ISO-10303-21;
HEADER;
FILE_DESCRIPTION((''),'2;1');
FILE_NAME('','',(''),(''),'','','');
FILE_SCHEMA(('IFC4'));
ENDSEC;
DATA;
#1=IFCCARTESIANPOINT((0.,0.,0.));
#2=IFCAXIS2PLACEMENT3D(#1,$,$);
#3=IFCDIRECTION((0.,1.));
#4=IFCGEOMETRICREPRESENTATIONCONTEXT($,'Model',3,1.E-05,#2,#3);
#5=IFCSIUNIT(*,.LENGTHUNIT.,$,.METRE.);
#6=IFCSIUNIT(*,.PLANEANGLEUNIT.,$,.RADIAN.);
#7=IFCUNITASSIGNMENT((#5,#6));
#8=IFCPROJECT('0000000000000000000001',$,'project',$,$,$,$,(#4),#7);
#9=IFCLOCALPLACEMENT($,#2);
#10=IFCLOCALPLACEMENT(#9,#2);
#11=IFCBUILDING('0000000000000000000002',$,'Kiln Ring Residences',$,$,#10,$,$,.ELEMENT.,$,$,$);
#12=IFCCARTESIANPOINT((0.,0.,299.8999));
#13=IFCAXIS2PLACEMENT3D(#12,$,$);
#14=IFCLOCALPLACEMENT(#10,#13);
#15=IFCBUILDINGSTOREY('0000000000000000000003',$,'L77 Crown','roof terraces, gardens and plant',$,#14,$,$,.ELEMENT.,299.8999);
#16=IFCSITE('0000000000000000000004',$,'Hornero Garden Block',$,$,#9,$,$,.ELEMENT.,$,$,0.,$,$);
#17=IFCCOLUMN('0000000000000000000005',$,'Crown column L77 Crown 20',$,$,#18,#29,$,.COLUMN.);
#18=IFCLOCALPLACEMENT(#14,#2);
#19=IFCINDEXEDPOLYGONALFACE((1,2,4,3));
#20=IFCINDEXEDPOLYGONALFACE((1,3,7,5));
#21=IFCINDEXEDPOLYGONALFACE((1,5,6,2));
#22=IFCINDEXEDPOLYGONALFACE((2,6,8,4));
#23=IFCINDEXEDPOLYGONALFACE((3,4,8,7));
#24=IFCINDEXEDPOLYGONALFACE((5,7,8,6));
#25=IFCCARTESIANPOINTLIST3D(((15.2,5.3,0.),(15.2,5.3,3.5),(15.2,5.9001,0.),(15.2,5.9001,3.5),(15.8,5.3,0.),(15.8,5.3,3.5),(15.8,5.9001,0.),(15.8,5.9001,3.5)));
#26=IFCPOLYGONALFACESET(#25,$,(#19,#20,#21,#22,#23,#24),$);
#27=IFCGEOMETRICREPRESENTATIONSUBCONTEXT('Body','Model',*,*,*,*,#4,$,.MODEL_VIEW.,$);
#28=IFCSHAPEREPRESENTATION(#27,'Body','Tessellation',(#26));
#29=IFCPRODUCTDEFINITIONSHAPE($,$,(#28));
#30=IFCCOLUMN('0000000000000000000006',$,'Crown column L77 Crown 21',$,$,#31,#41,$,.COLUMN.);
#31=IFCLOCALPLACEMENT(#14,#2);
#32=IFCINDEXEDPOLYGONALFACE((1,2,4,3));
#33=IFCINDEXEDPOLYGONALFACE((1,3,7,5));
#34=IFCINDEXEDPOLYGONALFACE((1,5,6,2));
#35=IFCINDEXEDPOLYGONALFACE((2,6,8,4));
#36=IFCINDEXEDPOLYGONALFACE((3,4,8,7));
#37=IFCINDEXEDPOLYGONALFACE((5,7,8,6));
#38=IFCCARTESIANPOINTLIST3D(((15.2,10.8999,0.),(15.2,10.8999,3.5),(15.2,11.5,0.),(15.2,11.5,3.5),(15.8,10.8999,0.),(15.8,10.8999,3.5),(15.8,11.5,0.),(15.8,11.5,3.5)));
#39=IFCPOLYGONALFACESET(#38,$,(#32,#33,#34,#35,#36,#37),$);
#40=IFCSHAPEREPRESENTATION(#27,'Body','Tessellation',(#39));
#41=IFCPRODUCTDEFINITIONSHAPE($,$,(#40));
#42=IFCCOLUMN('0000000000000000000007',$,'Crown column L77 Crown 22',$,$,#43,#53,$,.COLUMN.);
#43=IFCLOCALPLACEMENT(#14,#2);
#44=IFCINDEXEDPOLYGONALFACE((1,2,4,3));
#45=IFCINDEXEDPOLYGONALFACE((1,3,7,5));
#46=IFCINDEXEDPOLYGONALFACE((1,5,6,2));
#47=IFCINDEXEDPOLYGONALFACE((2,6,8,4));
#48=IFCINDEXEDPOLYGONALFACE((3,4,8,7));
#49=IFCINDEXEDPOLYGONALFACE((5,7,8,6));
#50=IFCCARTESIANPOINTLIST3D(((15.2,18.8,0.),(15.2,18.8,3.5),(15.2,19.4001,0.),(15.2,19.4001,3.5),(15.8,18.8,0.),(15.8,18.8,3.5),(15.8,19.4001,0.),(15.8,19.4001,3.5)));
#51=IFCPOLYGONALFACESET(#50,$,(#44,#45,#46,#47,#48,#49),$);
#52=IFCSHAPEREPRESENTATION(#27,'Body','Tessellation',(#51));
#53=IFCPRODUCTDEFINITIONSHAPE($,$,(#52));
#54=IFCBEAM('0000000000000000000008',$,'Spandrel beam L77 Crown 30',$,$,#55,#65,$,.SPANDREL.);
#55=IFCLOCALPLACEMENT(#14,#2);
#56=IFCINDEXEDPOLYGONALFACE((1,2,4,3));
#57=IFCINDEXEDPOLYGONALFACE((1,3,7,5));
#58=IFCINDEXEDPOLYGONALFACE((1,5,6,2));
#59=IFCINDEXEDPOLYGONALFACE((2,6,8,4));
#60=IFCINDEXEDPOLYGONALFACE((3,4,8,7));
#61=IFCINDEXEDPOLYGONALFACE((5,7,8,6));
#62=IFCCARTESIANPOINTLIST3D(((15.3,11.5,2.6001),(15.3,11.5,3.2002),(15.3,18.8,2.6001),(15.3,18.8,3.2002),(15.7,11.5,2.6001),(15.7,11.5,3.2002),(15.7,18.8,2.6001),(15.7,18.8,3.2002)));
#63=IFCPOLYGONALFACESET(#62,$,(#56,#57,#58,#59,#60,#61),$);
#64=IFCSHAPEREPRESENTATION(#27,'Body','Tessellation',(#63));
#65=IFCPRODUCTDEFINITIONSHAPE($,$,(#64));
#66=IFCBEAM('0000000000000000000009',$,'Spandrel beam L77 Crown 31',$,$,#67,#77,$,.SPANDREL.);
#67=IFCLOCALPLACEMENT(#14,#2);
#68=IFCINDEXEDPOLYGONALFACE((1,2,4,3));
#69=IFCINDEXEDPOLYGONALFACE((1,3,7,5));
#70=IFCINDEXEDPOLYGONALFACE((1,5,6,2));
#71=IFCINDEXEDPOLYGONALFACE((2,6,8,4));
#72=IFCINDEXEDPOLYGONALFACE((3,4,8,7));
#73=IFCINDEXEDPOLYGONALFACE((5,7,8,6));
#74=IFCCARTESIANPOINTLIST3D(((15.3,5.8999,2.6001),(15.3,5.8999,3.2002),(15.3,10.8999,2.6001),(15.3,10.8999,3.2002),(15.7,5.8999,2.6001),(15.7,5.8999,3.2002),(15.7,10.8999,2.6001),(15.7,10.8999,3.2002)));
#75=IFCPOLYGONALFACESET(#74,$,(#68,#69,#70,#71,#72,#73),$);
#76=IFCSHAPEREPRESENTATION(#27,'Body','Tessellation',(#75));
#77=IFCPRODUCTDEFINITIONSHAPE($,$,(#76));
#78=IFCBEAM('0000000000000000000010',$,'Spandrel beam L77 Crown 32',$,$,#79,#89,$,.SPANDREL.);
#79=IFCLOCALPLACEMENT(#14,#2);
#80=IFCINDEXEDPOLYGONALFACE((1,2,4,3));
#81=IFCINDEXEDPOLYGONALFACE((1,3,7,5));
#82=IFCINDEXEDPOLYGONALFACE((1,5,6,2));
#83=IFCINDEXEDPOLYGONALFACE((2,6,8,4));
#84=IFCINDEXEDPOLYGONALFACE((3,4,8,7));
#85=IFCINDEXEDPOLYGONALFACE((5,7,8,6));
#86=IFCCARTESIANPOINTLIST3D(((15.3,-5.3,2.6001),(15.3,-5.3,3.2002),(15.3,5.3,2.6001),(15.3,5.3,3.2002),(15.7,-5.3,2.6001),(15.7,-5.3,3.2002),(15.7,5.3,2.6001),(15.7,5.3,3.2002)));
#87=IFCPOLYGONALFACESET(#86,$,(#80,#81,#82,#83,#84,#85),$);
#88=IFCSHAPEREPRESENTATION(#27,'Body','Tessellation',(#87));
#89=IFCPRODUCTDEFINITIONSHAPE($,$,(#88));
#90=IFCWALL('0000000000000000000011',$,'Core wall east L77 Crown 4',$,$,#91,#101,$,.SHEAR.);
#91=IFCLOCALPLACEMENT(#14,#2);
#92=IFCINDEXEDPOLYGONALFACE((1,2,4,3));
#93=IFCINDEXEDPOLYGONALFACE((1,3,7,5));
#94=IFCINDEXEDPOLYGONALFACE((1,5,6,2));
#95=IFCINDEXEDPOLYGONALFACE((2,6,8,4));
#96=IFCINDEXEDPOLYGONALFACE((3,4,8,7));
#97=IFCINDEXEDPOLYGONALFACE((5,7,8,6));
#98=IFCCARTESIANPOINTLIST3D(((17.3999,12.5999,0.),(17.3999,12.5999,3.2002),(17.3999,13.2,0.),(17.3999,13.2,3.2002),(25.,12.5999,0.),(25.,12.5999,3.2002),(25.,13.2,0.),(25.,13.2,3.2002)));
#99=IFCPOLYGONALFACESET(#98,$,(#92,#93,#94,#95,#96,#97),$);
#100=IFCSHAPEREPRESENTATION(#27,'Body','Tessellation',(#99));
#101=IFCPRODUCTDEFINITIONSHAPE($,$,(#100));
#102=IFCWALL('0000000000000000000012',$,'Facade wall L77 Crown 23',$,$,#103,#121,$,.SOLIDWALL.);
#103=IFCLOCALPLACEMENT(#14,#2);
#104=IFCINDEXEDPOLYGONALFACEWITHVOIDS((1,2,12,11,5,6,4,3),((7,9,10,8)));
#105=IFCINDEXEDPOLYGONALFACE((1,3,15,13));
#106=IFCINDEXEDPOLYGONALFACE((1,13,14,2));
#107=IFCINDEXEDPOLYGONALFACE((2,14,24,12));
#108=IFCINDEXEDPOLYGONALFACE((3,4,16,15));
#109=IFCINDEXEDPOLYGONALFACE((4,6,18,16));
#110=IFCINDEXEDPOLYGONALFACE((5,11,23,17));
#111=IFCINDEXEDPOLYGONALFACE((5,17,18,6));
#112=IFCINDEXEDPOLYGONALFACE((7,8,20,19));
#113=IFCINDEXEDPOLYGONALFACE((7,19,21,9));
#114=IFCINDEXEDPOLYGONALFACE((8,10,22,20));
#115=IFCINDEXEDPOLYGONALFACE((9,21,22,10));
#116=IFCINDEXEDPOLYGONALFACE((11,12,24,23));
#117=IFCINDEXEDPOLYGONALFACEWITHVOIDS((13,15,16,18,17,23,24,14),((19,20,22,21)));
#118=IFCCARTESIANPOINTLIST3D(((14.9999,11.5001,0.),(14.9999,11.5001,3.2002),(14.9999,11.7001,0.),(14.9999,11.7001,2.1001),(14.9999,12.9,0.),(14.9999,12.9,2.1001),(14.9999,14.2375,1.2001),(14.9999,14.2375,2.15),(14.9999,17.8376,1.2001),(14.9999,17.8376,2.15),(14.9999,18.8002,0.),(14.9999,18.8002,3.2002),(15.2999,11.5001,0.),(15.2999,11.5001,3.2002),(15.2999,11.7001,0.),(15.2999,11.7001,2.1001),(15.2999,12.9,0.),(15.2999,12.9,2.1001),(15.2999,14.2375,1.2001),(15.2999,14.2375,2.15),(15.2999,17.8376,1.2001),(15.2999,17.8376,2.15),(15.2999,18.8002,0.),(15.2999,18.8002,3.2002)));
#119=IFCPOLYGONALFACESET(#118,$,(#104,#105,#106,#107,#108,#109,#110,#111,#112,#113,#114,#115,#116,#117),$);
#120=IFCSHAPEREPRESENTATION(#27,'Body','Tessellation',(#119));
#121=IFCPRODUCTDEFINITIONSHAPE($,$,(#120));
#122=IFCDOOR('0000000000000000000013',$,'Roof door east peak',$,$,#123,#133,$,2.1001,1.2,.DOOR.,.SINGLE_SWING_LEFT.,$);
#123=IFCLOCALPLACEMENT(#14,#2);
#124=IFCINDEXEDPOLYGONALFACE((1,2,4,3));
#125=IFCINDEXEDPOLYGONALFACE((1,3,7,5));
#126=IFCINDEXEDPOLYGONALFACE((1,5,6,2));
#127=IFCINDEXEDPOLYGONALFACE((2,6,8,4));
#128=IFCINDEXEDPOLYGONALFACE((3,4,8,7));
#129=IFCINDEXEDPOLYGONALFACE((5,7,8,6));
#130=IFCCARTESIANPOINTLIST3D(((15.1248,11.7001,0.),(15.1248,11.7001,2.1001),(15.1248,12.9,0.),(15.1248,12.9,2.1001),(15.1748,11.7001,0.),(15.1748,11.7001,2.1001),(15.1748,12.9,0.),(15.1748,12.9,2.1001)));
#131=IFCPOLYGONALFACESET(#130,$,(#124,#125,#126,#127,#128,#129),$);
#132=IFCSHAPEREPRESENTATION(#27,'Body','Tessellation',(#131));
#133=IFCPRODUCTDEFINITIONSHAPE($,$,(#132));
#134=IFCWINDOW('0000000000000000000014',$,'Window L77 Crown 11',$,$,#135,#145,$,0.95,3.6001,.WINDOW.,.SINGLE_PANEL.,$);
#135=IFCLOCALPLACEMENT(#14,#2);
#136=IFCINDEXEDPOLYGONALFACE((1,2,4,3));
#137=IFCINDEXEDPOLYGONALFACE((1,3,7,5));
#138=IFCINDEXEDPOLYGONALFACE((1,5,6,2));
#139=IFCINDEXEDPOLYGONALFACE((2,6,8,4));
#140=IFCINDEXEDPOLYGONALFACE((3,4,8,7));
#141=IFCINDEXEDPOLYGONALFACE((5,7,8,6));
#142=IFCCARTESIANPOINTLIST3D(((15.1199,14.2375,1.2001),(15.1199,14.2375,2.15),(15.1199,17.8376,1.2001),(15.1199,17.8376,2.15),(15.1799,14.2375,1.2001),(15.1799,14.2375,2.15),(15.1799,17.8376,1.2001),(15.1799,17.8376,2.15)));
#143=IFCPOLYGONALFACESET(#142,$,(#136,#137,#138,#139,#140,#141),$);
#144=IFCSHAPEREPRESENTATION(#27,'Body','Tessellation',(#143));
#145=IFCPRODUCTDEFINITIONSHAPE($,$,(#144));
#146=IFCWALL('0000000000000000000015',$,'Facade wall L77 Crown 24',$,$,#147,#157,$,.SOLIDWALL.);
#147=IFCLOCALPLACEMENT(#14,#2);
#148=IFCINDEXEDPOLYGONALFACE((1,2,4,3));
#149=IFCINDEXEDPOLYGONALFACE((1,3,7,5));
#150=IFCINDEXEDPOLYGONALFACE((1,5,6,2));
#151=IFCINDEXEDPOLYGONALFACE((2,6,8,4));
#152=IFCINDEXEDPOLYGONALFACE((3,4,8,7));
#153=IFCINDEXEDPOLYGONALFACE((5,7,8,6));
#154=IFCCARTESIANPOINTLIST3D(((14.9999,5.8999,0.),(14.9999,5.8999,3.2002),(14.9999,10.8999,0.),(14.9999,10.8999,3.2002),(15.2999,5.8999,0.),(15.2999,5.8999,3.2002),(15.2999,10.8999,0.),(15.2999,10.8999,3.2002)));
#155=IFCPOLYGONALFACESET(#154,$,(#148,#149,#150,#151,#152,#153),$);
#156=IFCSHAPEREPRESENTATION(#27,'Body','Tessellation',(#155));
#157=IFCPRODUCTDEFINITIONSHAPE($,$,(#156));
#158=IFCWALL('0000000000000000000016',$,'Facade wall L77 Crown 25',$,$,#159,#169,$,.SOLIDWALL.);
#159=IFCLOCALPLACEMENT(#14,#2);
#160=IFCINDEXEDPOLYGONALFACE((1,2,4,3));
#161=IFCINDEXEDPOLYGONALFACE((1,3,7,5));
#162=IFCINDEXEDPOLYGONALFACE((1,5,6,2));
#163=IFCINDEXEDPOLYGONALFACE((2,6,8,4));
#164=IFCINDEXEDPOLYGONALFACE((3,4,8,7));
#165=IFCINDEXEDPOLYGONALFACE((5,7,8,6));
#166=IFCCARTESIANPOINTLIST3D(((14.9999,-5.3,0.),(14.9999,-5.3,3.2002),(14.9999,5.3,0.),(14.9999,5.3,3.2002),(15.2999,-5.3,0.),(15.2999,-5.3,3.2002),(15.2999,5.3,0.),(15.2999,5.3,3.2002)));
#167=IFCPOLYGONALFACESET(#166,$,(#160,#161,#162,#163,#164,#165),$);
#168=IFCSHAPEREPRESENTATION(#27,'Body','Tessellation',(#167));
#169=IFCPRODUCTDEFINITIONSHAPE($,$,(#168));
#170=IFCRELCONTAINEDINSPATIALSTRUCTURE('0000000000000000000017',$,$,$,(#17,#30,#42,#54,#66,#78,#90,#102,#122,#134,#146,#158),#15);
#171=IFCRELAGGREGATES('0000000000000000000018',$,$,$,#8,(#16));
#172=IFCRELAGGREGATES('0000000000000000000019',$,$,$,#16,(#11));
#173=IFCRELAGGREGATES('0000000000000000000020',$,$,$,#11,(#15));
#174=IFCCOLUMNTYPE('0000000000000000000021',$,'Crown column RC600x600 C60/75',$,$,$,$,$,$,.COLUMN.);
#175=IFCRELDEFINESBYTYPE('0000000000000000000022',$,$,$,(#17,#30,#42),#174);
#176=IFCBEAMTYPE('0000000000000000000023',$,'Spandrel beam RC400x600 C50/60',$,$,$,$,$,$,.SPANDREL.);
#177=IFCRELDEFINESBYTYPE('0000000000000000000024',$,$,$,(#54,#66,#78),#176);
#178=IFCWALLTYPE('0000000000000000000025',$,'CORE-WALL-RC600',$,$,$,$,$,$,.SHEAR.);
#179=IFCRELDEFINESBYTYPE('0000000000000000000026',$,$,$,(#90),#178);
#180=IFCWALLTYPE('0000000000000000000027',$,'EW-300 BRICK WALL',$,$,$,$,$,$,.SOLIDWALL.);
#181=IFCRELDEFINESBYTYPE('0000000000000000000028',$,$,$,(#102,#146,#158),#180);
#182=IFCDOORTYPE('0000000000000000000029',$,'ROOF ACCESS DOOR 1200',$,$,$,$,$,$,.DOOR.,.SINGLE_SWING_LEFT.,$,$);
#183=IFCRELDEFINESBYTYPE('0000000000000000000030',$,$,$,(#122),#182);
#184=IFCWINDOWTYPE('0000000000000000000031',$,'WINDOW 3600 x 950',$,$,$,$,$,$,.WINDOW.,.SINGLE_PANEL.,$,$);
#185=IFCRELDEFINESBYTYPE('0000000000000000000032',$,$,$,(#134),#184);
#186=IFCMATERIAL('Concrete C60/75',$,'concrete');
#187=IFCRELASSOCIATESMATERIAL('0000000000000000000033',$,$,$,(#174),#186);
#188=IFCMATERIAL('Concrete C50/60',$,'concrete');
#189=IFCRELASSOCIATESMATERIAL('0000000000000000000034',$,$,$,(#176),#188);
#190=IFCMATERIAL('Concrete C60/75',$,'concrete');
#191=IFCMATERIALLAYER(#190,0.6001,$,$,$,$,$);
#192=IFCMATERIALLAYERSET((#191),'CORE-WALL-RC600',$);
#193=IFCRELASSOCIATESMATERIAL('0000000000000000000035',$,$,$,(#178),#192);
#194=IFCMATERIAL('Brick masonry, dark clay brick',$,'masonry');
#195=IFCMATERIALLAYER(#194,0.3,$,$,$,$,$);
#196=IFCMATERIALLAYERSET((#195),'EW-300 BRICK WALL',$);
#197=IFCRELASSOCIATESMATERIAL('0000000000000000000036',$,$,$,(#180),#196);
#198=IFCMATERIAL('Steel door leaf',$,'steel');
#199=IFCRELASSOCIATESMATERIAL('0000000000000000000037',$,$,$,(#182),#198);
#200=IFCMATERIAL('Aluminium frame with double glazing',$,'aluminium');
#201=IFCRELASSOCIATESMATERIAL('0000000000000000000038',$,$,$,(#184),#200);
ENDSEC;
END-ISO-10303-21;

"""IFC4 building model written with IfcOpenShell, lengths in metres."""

from ifc_helpers import new_model, si_unit, direction, frame, frame_2d, origin, origin_2d, place, context, subcontext, project, spatial, rectangle, extrude, material, layer, layer_set, material_profile, profile_set, type_object, element, fill, save


model = new_model("IFC4")

# Units and contexts
model_context = context("Model", 3, precision=1e-05, world=origin(), true_north=direction((0.0, 1.0)))
body_context = subcontext(model_context, "Body", "Model", "MODEL_VIEW")
ifc_project = project(units=[si_unit("LENGTHUNIT", "METRE"), si_unit("PLANEANGLEUNIT", "RADIAN")], contexts=[model_context])

# Site, building, storey
site_placement = place(None, origin())
site = spatial("IfcSite", under=ifc_project, at=site_placement, Name="Hornero Garden Block", CompositionType="ELEMENT", RefElevation=0.0)
building_placement = place(site_placement, origin())
building = spatial("IfcBuilding", under=site, at=building_placement, Name="Kiln Ring Residences", CompositionType="ELEMENT")
storey_placement = place(building_placement, frame((0.0, 0.0, 299.8999)))
storey = spatial("IfcBuildingStorey", under=building, at=storey_placement, Name="L77 Crown", Description="roof terraces, gardens and plant", CompositionType="ELEMENT", Elevation=299.8999)

# Columns
ifc_material_1 = material(Name="Concrete C60/75", Category="concrete")
ifc_material_profile_1 = material_profile(ifc_material_1, rectangle(XDim=0.6001, YDim=0.6001, at=origin_2d()), Name="RC600x600")
ifc_profile_set_1 = profile_set([ifc_material_profile_1], Name="Concrete C60/75")
column_type = type_object("IfcColumnType", Name="Crown column RC600x600 C60/75", PredefinedType="COLUMN", material=ifc_profile_set_1)
for number, where, z_axis, x_axis, name in (
    (1, (15.5, 5.6001, 0.0), (0.0, 0.0, 1.0), (1.0, 0.0, 0.0), "Crown column L77 Crown 20"),
    (2, (15.5, 11.2, 0.0), (0.0, 0.0, 1.0), (1.0, 0.0, 0.0), "Crown column L77 Crown 21"),
    (3, (15.5, 19.1001, 0.0), (0.0, 0.0, 1.0), (1.0, 0.0, 0.0), "Crown column L77 Crown 22"),
):
    element("IfcColumn", number, at=place(storey_placement, frame(where, z_axis=z_axis, x_axis=x_axis)), inside=storey, type_object=column_type, Name=name, PredefinedType="COLUMN", context=body_context, shape_type="SweptSolid", body=[
        extrude(rectangle(XDim=0.6001, YDim=0.6001, at=origin_2d()), origin(), (0.0, 0.0, 1.0), 3.5),
    ])

# Beams
ifc_material_2 = material(Name="Concrete C50/60", Category="concrete")
ifc_material_profile_2 = material_profile(ifc_material_2, rectangle(XDim=0.3999, YDim=0.6001, at=origin_2d()), Name="RC400x600")
ifc_profile_set_2 = profile_set([ifc_material_profile_2], Name="Concrete C50/60")
beam_type = type_object("IfcBeamType", Name="Spandrel beam RC400x600 C50/60", PredefinedType="SPANDREL", material=ifc_profile_set_2)
beam_1_placement = place(storey_placement, frame((15.5, 18.8, 2.9001), z_axis=(0.0, -1.0, 0.0), x_axis=(1.0, 0.0, 0.0)))
element("IfcBeam", 4, at=beam_1_placement, inside=storey, type_object=beam_type, Name="Spandrel beam L77 Crown 30", PredefinedType="SPANDREL", context=body_context, shape_type="SweptSolid", body=[
    extrude(rectangle(XDim=0.3999, YDim=0.6001, at=origin_2d()), origin(), (0.0, 0.0, 1.0), 7.3),
])
beam_2_placement = place(storey_placement, frame((15.5, 10.8999, 2.9001), z_axis=(0.0, -1.0, 0.0), x_axis=(1.0, 0.0, 0.0)))
element("IfcBeam", 5, at=beam_2_placement, inside=storey, type_object=beam_type, Name="Spandrel beam L77 Crown 31", PredefinedType="SPANDREL", context=body_context, shape_type="SweptSolid", body=[
    extrude(rectangle(XDim=0.3999, YDim=0.6001, at=origin_2d()), origin(), (0.0, 0.0, 1.0), 5.0),
])
beam_3_placement = place(storey_placement, frame((15.5, 5.3, 2.9001), z_axis=(0.0, -1.0, 0.0), x_axis=(1.0, 0.0, 0.0)))
element("IfcBeam", 6, at=beam_3_placement, inside=storey, type_object=beam_type, Name="Spandrel beam L77 Crown 32", PredefinedType="SPANDREL", context=body_context, shape_type="SweptSolid", body=[
    extrude(rectangle(XDim=0.3999, YDim=0.6001, at=origin_2d()), origin(), (0.0, 0.0, 1.0), 10.6001),
])

# Wall
ifc_material_3 = material(Name="Concrete C60/75", Category="concrete")
ifc_layer_1 = layer(ifc_material_3, 0.6001)
ifc_layer_set_1 = layer_set([ifc_layer_1], Name="CORE-WALL-RC600")
wall_type_1 = type_object("IfcWallType", Name="CORE-WALL-RC600", PredefinedType="SHEAR", material=ifc_layer_set_1)
wall_1_placement = place(storey_placement, frame((17.3999, 12.8999, 0.0), z_axis=(0.0, 0.0, 1.0), x_axis=(1.0, 0.0, 0.0)))
element("IfcWall", 7, at=wall_1_placement, inside=storey, type_object=wall_type_1, Name="Core wall east L77 Crown 4", PredefinedType="SHEAR", context=body_context, shape_type="SweptSolid", body=[
    extrude(rectangle(XDim=7.6001, YDim=0.6001, at=frame_2d((3.8, 0.0))), origin(), (0.0, 0.0, 1.0), 3.2002),
])

# Wall, openings, door, window
ifc_material_4 = material(Name="Brick masonry, dark clay brick", Category="masonry")
ifc_layer_2 = layer(ifc_material_4, 0.3)
ifc_layer_set_2 = layer_set([ifc_layer_2], Name="EW-300 BRICK WALL")
wall_type_2 = type_object("IfcWallType", Name="EW-300 BRICK WALL", PredefinedType="SOLIDWALL", material=ifc_layer_set_2)
wall_2_placement = place(storey_placement, frame((15.1499, 18.8, 0.0), z_axis=(0.0, 0.0, 1.0), x_axis=(0.0, -1.0, 0.0)))
wall_2 = element("IfcWall", 8, at=wall_2_placement, inside=storey, type_object=wall_type_2, Name="Facade wall L77 Crown 23", PredefinedType="SOLIDWALL", context=body_context, shape_type="SweptSolid", body=[
    extrude(rectangle(XDim=7.3, YDim=0.3, at=frame_2d((3.6499, 0.0))), origin(), (0.0, 0.0, 1.0), 3.2002),
])
opening_1_placement = place(wall_2_placement, frame((5.8999, 0.0, 0.0)))
opening_1 = element("IfcOpeningElement", 9, at=opening_1_placement, cuts=wall_2, PredefinedType="OPENING", context=body_context, shape_type="SweptSolid", body=[
    extrude(rectangle(XDim=1.2, YDim=2.1001, at=frame_2d((0.6001, 1.05))), frame((0.0, 0.1599, 0.0), z_axis=(0.0, -1.0, 0.0), x_axis=(1.0, 0.0, 0.0)), (0.0, 0.0, 1.0), 0.3201),
])
opening_2_placement = place(wall_2_placement, frame((0.9624, 0.0, 1.2)))
opening_2 = element("IfcOpeningElement", 10, at=opening_2_placement, cuts=wall_2, PredefinedType="OPENING", context=body_context, shape_type="SweptSolid", body=[
    extrude(rectangle(XDim=3.6001, YDim=0.95, at=frame_2d((1.8, 0.4751))), frame((0.0, 0.1599, 0.0), z_axis=(0.0, -1.0, 0.0), x_axis=(1.0, 0.0, 0.0)), (0.0, 0.0, 1.0), 0.3201),
])
ifc_material_5 = material(Name="Steel door leaf", Category="steel")
door_type_1 = type_object("IfcDoorType", Name="ROOF ACCESS DOOR 1200", OperationType="SINGLE_SWING_LEFT", PredefinedType="DOOR", material=ifc_material_5)
door_1_placement = place(opening_1_placement, origin())
door_1 = element("IfcDoor", 11, at=door_1_placement, inside=storey, type_object=door_type_1, Name="Roof door east peak", OperationType="SINGLE_SWING_LEFT", OverallHeight=2.1001, OverallWidth=1.2, PredefinedType="DOOR", context=body_context, shape_type="SweptSolid", body=[
    extrude(rectangle(XDim=1.2, YDim=2.1001, at=frame_2d((0.6001, 1.05))), frame((0.0, 0.0249, 0.0), z_axis=(0.0, -1.0, 0.0), x_axis=(1.0, 0.0, 0.0)), (0.0, 0.0, 1.0), 0.05),
])
fill(opening_1, door_1)
ifc_material_6 = material(Name="Aluminium frame with double glazing", Category="aluminium")
window_type_1 = type_object("IfcWindowType", Name="WINDOW 3600 x 950", PartitioningType="SINGLE_PANEL", PredefinedType="WINDOW", material=ifc_material_6)
window_1_placement = place(opening_2_placement, origin())
window_1 = element("IfcWindow", 12, at=window_1_placement, inside=storey, type_object=window_type_1, Name="Window L77 Crown 11", OverallHeight=0.95, OverallWidth=3.6001, PartitioningType="SINGLE_PANEL", PredefinedType="WINDOW", context=body_context, shape_type="SweptSolid", body=[
    extrude(rectangle(XDim=3.6001, YDim=0.95, at=frame_2d((1.8, 0.4751))), frame((0.0, 0.03, 0.0), z_axis=(0.0, -1.0, 0.0), x_axis=(1.0, 0.0, 0.0)), (0.0, 0.0, 1.0), 0.0601),
])
fill(opening_2, window_1)

# Walls
wall_3_placement = place(storey_placement, frame((15.1499, 10.8999, 0.0), z_axis=(0.0, 0.0, 1.0), x_axis=(0.0, -1.0, 0.0)))
element("IfcWall", 13, at=wall_3_placement, inside=storey, type_object=wall_type_2, Name="Facade wall L77 Crown 24", PredefinedType="SOLIDWALL", context=body_context, shape_type="SweptSolid", body=[
    extrude(rectangle(XDim=5.0, YDim=0.3, at=frame_2d((2.5, 0.0))), origin(), (0.0, 0.0, 1.0), 3.2002),
])
wall_4_placement = place(storey_placement, frame((15.1499, 5.3, 0.0), z_axis=(0.0, 0.0, 1.0), x_axis=(0.0, -1.0, 0.0)))
element("IfcWall", 14, at=wall_4_placement, inside=storey, type_object=wall_type_2, Name="Facade wall L77 Crown 25", PredefinedType="SOLIDWALL", context=body_context, shape_type="SweptSolid", body=[
    extrude(rectangle(XDim=10.6001, YDim=0.3, at=frame_2d((5.3, 0.0))), origin(), (0.0, 0.0, 1.0), 3.2002),
])

save(model, "model.ifc")
